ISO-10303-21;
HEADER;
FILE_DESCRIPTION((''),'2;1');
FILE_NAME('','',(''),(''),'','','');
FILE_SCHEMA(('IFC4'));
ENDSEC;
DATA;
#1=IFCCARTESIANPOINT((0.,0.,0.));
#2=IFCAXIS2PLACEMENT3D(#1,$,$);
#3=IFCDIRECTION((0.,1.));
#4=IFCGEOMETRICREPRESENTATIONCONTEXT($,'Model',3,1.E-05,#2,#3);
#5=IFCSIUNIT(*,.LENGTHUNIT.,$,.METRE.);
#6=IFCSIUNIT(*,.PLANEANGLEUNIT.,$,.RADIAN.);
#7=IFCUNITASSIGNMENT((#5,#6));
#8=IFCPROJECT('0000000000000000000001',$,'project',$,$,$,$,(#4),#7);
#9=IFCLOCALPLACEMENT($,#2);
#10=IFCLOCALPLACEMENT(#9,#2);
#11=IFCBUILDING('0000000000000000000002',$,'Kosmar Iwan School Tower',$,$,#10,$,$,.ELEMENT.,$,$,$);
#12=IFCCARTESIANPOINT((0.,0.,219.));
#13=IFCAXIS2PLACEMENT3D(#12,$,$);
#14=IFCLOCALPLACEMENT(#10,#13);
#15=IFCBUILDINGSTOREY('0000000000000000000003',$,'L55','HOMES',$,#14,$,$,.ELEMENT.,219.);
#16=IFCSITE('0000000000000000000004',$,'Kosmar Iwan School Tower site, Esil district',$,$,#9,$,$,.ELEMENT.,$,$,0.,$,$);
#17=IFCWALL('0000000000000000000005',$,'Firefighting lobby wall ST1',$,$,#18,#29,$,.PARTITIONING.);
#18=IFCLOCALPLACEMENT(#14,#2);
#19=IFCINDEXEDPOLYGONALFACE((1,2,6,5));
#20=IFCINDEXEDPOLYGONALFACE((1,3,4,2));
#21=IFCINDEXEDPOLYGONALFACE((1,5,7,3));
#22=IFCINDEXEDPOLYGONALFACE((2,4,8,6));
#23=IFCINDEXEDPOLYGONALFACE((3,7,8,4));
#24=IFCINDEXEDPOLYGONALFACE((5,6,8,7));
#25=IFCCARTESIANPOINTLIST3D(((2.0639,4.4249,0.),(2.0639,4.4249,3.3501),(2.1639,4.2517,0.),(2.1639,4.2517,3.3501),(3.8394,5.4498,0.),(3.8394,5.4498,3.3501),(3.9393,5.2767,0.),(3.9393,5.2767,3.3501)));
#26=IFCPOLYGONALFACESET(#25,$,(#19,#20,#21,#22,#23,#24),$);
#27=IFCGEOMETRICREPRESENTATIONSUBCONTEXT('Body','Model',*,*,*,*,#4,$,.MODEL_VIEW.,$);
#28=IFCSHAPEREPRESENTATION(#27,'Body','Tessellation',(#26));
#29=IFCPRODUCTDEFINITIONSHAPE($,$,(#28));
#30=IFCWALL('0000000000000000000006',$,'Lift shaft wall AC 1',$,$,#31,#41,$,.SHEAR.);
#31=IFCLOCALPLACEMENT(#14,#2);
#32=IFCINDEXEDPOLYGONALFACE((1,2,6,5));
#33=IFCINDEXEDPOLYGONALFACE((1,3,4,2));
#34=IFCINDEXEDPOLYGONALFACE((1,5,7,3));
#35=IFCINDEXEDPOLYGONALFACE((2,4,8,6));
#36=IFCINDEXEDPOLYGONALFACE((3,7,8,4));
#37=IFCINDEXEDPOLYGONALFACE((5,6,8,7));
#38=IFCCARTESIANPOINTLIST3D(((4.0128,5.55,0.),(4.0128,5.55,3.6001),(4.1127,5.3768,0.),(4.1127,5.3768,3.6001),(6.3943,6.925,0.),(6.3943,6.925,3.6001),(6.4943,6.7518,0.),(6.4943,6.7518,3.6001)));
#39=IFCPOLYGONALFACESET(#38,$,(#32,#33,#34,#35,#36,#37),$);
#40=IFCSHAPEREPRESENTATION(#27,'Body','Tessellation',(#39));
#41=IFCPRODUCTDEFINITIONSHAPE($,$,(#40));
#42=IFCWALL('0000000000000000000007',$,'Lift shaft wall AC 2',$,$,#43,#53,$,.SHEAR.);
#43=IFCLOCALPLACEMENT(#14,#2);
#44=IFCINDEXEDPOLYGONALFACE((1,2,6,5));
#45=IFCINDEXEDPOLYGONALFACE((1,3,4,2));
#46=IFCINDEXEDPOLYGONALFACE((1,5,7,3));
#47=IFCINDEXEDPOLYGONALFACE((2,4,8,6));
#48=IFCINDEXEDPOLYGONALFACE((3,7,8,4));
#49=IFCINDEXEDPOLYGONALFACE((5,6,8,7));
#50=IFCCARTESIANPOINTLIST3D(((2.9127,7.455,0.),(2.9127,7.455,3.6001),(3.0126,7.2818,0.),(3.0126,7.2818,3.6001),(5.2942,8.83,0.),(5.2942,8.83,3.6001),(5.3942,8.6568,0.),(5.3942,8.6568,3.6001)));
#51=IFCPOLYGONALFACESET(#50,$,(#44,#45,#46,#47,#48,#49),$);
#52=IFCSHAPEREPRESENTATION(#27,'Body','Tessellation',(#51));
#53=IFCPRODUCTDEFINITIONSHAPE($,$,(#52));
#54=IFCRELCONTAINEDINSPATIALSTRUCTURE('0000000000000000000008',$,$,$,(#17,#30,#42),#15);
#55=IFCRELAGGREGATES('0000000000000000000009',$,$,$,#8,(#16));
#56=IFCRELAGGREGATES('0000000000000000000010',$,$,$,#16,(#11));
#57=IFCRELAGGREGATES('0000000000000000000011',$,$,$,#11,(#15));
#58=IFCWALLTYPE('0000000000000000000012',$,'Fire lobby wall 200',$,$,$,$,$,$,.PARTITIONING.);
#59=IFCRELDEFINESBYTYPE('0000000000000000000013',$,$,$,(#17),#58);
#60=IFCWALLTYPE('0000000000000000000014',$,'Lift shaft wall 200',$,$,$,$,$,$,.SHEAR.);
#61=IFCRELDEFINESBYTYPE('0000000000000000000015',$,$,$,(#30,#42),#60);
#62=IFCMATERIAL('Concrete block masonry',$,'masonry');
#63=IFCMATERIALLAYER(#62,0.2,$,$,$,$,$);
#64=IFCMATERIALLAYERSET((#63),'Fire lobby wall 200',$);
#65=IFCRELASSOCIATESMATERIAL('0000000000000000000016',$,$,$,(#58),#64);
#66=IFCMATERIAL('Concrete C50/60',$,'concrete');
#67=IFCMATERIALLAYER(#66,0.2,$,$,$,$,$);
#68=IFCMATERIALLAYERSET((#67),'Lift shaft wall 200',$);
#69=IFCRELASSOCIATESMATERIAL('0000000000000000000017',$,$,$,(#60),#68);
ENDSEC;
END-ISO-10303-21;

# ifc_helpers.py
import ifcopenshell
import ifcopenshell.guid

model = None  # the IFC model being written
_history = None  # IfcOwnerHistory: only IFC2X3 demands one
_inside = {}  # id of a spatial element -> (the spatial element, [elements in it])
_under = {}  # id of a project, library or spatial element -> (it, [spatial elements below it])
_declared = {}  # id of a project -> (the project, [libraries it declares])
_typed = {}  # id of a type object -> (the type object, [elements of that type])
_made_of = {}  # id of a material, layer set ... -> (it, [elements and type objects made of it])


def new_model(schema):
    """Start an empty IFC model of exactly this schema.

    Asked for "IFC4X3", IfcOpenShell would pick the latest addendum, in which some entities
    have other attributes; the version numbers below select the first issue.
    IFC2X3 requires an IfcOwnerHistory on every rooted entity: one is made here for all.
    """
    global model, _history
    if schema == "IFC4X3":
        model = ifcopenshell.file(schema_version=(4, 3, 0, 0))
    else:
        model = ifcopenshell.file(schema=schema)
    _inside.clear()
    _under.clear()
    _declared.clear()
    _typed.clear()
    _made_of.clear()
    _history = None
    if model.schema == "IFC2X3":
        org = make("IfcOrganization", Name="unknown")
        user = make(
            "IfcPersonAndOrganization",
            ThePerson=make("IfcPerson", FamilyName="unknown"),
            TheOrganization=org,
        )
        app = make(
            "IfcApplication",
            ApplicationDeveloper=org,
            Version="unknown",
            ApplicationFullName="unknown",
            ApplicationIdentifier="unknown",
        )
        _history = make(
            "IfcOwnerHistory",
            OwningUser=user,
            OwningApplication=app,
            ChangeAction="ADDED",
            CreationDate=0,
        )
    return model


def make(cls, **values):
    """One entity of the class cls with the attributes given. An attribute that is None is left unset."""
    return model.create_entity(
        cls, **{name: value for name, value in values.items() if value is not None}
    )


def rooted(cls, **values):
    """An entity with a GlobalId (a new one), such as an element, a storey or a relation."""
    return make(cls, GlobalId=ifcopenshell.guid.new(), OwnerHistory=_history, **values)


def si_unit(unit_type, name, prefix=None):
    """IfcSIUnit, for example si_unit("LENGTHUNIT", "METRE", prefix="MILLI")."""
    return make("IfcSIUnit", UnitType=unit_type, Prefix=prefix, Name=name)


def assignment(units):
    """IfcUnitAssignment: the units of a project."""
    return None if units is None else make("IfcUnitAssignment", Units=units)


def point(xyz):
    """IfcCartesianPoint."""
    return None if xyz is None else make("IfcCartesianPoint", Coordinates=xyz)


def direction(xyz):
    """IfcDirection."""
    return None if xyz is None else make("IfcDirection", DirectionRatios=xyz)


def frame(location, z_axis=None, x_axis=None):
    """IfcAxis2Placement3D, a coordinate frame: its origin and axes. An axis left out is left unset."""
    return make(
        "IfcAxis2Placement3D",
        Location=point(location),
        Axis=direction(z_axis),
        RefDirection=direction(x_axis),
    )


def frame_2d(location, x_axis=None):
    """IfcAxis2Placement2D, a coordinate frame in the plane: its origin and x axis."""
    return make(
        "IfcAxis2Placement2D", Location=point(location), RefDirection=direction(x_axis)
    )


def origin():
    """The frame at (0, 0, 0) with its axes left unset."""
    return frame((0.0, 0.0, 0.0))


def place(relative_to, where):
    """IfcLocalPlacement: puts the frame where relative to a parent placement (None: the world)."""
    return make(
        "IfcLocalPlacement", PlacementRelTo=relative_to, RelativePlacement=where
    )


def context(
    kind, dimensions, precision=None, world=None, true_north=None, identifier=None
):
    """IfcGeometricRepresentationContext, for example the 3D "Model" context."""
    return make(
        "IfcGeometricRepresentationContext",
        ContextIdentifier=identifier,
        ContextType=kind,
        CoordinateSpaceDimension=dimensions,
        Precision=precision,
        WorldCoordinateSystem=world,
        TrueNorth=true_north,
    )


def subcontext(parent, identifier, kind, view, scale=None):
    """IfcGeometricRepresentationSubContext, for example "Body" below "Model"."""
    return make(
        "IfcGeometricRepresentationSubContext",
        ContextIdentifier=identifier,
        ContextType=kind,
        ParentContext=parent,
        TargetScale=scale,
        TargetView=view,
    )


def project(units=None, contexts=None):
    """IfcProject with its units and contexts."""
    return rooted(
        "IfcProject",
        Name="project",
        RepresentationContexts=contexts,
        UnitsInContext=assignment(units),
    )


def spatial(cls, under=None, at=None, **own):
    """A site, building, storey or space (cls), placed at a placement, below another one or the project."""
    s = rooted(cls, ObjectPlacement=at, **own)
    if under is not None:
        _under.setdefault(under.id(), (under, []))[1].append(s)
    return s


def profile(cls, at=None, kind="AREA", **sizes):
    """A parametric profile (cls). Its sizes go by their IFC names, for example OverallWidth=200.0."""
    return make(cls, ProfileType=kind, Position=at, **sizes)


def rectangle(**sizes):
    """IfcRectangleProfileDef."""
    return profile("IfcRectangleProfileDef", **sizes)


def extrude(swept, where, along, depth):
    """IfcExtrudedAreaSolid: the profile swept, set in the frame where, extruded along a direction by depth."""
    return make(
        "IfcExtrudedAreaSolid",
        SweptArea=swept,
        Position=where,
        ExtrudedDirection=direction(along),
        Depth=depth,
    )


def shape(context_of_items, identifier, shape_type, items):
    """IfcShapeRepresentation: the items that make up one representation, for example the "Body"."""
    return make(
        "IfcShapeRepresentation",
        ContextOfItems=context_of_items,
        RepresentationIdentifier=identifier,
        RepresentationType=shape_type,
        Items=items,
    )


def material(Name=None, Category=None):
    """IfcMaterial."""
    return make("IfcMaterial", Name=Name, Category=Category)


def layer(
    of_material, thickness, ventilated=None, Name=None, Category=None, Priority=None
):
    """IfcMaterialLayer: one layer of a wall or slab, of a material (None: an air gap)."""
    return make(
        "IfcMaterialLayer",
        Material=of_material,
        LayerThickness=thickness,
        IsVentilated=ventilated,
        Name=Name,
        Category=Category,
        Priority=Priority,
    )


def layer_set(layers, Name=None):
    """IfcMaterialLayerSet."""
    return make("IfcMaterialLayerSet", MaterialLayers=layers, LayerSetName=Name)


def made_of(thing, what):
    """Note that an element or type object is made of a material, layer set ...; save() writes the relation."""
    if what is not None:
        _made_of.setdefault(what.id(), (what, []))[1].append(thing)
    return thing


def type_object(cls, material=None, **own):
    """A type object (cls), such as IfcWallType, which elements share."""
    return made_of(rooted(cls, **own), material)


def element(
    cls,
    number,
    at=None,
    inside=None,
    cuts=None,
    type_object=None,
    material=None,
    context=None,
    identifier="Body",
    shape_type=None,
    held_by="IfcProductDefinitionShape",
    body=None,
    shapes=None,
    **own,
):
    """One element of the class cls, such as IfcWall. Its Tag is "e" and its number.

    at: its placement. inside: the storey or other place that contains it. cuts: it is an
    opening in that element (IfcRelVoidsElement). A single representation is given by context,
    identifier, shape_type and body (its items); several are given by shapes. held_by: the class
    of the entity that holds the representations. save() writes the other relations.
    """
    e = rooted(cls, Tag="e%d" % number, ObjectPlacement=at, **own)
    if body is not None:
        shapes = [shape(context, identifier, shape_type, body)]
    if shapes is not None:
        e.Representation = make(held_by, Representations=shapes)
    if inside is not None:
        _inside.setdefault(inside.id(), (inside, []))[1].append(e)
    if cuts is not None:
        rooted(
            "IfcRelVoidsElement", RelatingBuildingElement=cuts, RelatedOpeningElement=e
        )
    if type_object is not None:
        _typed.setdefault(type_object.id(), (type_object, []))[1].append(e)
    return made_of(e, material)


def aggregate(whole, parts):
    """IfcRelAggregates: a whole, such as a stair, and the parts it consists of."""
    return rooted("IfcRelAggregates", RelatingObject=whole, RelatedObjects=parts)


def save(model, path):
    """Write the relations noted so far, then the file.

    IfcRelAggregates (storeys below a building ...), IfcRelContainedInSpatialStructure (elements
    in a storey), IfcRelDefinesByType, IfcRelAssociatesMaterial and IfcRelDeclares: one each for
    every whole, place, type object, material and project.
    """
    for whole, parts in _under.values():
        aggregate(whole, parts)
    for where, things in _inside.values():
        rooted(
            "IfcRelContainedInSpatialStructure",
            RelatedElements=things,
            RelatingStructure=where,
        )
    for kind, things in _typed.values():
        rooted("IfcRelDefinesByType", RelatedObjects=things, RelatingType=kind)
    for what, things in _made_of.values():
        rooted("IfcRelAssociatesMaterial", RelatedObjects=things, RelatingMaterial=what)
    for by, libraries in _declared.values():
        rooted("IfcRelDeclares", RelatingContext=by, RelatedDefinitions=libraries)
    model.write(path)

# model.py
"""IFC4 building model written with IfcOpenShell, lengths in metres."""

from ifc_helpers import new_model, si_unit, direction, frame, frame_2d, origin, place, context, subcontext, project, spatial, rectangle, extrude, material, layer, layer_set, type_object, element, save


model = new_model("IFC4")

# Units and contexts
model_context = context("Model", 3, precision=1e-05, world=origin(), true_north=direction((0.0, 1.0)))
body_context = subcontext(model_context, "Body", "Model", "MODEL_VIEW")
ifc_project = project(units=[si_unit("LENGTHUNIT", "METRE"), si_unit("PLANEANGLEUNIT", "RADIAN")], contexts=[model_context])

# Site, building, storey
site_placement = place(None, origin())
site = spatial("IfcSite", under=ifc_project, at=site_placement, Name="Kosmar Iwan School Tower site, Esil district", CompositionType="ELEMENT", RefElevation=0.0)
building_placement = place(site_placement, origin())
building = spatial("IfcBuilding", under=site, at=building_placement, Name="Kosmar Iwan School Tower", CompositionType="ELEMENT")
storey_placement = place(building_placement, frame((0.0, 0.0, 219.0)))
storey = spatial("IfcBuildingStorey", under=building, at=storey_placement, Name="L55", Description="HOMES", CompositionType="ELEMENT", Elevation=219.0)

# Walls
ifc_material_1 = material(Name="Concrete block masonry", Category="masonry")
ifc_layer_1 = layer(ifc_material_1, 0.2)
ifc_layer_set_1 = layer_set([ifc_layer_1], Name="Fire lobby wall 200")
wall_type_1 = type_object("IfcWallType", Name="Fire lobby wall 200", PredefinedType="PARTITIONING", material=ifc_layer_set_1)
wall_1_placement = place(storey_placement, frame((2.114, 4.3384, 0.0), z_axis=(0.0, 0.0, 1.0), x_axis=(0.866051, 0.499956, 0.0)))
element("IfcWall", 1, at=wall_1_placement, inside=storey, type_object=wall_type_1, Name="Firefighting lobby wall ST1", PredefinedType="PARTITIONING", context=body_context, shape_type="SweptSolid", body=[
    extrude(rectangle(XDim=2.05, YDim=0.2, at=frame_2d((1.0249, 0.0))), origin(), (0.0, 0.0, 1.0), 3.3501),
])
ifc_material_2 = material(Name="Concrete C50/60", Category="concrete")
ifc_layer_2 = layer(ifc_material_2, 0.2)
ifc_layer_set_2 = layer_set([ifc_layer_2], Name="Lift shaft wall 200")
wall_type_2 = type_object("IfcWallType", Name="Lift shaft wall 200", PredefinedType="SHEAR", material=ifc_layer_set_2)
for number, where, z_axis, x_axis, name in (
    (2, (4.0627, 5.4634, 0.0), (0.0, 0.0, 1.0), (0.866027, 0.499997, 0.0), "Lift shaft wall AC 1"),
    (3, (2.9626, 7.3684, 0.0), (0.0, 0.0, 1.0), (0.866027, 0.499997, 0.0), "Lift shaft wall AC 2"),
):
    element("IfcWall", number, at=place(storey_placement, frame(where, z_axis=z_axis, x_axis=x_axis)), inside=storey, type_object=wall_type_2, Name=name, PredefinedType="SHEAR", context=body_context, shape_type="SweptSolid", body=[
        extrude(rectangle(XDim=2.75, YDim=0.2, at=frame_2d((1.375, 0.0))), origin(), (0.0, 0.0, 1.0), 3.6001),
    ])

save(model, "model.ifc")
